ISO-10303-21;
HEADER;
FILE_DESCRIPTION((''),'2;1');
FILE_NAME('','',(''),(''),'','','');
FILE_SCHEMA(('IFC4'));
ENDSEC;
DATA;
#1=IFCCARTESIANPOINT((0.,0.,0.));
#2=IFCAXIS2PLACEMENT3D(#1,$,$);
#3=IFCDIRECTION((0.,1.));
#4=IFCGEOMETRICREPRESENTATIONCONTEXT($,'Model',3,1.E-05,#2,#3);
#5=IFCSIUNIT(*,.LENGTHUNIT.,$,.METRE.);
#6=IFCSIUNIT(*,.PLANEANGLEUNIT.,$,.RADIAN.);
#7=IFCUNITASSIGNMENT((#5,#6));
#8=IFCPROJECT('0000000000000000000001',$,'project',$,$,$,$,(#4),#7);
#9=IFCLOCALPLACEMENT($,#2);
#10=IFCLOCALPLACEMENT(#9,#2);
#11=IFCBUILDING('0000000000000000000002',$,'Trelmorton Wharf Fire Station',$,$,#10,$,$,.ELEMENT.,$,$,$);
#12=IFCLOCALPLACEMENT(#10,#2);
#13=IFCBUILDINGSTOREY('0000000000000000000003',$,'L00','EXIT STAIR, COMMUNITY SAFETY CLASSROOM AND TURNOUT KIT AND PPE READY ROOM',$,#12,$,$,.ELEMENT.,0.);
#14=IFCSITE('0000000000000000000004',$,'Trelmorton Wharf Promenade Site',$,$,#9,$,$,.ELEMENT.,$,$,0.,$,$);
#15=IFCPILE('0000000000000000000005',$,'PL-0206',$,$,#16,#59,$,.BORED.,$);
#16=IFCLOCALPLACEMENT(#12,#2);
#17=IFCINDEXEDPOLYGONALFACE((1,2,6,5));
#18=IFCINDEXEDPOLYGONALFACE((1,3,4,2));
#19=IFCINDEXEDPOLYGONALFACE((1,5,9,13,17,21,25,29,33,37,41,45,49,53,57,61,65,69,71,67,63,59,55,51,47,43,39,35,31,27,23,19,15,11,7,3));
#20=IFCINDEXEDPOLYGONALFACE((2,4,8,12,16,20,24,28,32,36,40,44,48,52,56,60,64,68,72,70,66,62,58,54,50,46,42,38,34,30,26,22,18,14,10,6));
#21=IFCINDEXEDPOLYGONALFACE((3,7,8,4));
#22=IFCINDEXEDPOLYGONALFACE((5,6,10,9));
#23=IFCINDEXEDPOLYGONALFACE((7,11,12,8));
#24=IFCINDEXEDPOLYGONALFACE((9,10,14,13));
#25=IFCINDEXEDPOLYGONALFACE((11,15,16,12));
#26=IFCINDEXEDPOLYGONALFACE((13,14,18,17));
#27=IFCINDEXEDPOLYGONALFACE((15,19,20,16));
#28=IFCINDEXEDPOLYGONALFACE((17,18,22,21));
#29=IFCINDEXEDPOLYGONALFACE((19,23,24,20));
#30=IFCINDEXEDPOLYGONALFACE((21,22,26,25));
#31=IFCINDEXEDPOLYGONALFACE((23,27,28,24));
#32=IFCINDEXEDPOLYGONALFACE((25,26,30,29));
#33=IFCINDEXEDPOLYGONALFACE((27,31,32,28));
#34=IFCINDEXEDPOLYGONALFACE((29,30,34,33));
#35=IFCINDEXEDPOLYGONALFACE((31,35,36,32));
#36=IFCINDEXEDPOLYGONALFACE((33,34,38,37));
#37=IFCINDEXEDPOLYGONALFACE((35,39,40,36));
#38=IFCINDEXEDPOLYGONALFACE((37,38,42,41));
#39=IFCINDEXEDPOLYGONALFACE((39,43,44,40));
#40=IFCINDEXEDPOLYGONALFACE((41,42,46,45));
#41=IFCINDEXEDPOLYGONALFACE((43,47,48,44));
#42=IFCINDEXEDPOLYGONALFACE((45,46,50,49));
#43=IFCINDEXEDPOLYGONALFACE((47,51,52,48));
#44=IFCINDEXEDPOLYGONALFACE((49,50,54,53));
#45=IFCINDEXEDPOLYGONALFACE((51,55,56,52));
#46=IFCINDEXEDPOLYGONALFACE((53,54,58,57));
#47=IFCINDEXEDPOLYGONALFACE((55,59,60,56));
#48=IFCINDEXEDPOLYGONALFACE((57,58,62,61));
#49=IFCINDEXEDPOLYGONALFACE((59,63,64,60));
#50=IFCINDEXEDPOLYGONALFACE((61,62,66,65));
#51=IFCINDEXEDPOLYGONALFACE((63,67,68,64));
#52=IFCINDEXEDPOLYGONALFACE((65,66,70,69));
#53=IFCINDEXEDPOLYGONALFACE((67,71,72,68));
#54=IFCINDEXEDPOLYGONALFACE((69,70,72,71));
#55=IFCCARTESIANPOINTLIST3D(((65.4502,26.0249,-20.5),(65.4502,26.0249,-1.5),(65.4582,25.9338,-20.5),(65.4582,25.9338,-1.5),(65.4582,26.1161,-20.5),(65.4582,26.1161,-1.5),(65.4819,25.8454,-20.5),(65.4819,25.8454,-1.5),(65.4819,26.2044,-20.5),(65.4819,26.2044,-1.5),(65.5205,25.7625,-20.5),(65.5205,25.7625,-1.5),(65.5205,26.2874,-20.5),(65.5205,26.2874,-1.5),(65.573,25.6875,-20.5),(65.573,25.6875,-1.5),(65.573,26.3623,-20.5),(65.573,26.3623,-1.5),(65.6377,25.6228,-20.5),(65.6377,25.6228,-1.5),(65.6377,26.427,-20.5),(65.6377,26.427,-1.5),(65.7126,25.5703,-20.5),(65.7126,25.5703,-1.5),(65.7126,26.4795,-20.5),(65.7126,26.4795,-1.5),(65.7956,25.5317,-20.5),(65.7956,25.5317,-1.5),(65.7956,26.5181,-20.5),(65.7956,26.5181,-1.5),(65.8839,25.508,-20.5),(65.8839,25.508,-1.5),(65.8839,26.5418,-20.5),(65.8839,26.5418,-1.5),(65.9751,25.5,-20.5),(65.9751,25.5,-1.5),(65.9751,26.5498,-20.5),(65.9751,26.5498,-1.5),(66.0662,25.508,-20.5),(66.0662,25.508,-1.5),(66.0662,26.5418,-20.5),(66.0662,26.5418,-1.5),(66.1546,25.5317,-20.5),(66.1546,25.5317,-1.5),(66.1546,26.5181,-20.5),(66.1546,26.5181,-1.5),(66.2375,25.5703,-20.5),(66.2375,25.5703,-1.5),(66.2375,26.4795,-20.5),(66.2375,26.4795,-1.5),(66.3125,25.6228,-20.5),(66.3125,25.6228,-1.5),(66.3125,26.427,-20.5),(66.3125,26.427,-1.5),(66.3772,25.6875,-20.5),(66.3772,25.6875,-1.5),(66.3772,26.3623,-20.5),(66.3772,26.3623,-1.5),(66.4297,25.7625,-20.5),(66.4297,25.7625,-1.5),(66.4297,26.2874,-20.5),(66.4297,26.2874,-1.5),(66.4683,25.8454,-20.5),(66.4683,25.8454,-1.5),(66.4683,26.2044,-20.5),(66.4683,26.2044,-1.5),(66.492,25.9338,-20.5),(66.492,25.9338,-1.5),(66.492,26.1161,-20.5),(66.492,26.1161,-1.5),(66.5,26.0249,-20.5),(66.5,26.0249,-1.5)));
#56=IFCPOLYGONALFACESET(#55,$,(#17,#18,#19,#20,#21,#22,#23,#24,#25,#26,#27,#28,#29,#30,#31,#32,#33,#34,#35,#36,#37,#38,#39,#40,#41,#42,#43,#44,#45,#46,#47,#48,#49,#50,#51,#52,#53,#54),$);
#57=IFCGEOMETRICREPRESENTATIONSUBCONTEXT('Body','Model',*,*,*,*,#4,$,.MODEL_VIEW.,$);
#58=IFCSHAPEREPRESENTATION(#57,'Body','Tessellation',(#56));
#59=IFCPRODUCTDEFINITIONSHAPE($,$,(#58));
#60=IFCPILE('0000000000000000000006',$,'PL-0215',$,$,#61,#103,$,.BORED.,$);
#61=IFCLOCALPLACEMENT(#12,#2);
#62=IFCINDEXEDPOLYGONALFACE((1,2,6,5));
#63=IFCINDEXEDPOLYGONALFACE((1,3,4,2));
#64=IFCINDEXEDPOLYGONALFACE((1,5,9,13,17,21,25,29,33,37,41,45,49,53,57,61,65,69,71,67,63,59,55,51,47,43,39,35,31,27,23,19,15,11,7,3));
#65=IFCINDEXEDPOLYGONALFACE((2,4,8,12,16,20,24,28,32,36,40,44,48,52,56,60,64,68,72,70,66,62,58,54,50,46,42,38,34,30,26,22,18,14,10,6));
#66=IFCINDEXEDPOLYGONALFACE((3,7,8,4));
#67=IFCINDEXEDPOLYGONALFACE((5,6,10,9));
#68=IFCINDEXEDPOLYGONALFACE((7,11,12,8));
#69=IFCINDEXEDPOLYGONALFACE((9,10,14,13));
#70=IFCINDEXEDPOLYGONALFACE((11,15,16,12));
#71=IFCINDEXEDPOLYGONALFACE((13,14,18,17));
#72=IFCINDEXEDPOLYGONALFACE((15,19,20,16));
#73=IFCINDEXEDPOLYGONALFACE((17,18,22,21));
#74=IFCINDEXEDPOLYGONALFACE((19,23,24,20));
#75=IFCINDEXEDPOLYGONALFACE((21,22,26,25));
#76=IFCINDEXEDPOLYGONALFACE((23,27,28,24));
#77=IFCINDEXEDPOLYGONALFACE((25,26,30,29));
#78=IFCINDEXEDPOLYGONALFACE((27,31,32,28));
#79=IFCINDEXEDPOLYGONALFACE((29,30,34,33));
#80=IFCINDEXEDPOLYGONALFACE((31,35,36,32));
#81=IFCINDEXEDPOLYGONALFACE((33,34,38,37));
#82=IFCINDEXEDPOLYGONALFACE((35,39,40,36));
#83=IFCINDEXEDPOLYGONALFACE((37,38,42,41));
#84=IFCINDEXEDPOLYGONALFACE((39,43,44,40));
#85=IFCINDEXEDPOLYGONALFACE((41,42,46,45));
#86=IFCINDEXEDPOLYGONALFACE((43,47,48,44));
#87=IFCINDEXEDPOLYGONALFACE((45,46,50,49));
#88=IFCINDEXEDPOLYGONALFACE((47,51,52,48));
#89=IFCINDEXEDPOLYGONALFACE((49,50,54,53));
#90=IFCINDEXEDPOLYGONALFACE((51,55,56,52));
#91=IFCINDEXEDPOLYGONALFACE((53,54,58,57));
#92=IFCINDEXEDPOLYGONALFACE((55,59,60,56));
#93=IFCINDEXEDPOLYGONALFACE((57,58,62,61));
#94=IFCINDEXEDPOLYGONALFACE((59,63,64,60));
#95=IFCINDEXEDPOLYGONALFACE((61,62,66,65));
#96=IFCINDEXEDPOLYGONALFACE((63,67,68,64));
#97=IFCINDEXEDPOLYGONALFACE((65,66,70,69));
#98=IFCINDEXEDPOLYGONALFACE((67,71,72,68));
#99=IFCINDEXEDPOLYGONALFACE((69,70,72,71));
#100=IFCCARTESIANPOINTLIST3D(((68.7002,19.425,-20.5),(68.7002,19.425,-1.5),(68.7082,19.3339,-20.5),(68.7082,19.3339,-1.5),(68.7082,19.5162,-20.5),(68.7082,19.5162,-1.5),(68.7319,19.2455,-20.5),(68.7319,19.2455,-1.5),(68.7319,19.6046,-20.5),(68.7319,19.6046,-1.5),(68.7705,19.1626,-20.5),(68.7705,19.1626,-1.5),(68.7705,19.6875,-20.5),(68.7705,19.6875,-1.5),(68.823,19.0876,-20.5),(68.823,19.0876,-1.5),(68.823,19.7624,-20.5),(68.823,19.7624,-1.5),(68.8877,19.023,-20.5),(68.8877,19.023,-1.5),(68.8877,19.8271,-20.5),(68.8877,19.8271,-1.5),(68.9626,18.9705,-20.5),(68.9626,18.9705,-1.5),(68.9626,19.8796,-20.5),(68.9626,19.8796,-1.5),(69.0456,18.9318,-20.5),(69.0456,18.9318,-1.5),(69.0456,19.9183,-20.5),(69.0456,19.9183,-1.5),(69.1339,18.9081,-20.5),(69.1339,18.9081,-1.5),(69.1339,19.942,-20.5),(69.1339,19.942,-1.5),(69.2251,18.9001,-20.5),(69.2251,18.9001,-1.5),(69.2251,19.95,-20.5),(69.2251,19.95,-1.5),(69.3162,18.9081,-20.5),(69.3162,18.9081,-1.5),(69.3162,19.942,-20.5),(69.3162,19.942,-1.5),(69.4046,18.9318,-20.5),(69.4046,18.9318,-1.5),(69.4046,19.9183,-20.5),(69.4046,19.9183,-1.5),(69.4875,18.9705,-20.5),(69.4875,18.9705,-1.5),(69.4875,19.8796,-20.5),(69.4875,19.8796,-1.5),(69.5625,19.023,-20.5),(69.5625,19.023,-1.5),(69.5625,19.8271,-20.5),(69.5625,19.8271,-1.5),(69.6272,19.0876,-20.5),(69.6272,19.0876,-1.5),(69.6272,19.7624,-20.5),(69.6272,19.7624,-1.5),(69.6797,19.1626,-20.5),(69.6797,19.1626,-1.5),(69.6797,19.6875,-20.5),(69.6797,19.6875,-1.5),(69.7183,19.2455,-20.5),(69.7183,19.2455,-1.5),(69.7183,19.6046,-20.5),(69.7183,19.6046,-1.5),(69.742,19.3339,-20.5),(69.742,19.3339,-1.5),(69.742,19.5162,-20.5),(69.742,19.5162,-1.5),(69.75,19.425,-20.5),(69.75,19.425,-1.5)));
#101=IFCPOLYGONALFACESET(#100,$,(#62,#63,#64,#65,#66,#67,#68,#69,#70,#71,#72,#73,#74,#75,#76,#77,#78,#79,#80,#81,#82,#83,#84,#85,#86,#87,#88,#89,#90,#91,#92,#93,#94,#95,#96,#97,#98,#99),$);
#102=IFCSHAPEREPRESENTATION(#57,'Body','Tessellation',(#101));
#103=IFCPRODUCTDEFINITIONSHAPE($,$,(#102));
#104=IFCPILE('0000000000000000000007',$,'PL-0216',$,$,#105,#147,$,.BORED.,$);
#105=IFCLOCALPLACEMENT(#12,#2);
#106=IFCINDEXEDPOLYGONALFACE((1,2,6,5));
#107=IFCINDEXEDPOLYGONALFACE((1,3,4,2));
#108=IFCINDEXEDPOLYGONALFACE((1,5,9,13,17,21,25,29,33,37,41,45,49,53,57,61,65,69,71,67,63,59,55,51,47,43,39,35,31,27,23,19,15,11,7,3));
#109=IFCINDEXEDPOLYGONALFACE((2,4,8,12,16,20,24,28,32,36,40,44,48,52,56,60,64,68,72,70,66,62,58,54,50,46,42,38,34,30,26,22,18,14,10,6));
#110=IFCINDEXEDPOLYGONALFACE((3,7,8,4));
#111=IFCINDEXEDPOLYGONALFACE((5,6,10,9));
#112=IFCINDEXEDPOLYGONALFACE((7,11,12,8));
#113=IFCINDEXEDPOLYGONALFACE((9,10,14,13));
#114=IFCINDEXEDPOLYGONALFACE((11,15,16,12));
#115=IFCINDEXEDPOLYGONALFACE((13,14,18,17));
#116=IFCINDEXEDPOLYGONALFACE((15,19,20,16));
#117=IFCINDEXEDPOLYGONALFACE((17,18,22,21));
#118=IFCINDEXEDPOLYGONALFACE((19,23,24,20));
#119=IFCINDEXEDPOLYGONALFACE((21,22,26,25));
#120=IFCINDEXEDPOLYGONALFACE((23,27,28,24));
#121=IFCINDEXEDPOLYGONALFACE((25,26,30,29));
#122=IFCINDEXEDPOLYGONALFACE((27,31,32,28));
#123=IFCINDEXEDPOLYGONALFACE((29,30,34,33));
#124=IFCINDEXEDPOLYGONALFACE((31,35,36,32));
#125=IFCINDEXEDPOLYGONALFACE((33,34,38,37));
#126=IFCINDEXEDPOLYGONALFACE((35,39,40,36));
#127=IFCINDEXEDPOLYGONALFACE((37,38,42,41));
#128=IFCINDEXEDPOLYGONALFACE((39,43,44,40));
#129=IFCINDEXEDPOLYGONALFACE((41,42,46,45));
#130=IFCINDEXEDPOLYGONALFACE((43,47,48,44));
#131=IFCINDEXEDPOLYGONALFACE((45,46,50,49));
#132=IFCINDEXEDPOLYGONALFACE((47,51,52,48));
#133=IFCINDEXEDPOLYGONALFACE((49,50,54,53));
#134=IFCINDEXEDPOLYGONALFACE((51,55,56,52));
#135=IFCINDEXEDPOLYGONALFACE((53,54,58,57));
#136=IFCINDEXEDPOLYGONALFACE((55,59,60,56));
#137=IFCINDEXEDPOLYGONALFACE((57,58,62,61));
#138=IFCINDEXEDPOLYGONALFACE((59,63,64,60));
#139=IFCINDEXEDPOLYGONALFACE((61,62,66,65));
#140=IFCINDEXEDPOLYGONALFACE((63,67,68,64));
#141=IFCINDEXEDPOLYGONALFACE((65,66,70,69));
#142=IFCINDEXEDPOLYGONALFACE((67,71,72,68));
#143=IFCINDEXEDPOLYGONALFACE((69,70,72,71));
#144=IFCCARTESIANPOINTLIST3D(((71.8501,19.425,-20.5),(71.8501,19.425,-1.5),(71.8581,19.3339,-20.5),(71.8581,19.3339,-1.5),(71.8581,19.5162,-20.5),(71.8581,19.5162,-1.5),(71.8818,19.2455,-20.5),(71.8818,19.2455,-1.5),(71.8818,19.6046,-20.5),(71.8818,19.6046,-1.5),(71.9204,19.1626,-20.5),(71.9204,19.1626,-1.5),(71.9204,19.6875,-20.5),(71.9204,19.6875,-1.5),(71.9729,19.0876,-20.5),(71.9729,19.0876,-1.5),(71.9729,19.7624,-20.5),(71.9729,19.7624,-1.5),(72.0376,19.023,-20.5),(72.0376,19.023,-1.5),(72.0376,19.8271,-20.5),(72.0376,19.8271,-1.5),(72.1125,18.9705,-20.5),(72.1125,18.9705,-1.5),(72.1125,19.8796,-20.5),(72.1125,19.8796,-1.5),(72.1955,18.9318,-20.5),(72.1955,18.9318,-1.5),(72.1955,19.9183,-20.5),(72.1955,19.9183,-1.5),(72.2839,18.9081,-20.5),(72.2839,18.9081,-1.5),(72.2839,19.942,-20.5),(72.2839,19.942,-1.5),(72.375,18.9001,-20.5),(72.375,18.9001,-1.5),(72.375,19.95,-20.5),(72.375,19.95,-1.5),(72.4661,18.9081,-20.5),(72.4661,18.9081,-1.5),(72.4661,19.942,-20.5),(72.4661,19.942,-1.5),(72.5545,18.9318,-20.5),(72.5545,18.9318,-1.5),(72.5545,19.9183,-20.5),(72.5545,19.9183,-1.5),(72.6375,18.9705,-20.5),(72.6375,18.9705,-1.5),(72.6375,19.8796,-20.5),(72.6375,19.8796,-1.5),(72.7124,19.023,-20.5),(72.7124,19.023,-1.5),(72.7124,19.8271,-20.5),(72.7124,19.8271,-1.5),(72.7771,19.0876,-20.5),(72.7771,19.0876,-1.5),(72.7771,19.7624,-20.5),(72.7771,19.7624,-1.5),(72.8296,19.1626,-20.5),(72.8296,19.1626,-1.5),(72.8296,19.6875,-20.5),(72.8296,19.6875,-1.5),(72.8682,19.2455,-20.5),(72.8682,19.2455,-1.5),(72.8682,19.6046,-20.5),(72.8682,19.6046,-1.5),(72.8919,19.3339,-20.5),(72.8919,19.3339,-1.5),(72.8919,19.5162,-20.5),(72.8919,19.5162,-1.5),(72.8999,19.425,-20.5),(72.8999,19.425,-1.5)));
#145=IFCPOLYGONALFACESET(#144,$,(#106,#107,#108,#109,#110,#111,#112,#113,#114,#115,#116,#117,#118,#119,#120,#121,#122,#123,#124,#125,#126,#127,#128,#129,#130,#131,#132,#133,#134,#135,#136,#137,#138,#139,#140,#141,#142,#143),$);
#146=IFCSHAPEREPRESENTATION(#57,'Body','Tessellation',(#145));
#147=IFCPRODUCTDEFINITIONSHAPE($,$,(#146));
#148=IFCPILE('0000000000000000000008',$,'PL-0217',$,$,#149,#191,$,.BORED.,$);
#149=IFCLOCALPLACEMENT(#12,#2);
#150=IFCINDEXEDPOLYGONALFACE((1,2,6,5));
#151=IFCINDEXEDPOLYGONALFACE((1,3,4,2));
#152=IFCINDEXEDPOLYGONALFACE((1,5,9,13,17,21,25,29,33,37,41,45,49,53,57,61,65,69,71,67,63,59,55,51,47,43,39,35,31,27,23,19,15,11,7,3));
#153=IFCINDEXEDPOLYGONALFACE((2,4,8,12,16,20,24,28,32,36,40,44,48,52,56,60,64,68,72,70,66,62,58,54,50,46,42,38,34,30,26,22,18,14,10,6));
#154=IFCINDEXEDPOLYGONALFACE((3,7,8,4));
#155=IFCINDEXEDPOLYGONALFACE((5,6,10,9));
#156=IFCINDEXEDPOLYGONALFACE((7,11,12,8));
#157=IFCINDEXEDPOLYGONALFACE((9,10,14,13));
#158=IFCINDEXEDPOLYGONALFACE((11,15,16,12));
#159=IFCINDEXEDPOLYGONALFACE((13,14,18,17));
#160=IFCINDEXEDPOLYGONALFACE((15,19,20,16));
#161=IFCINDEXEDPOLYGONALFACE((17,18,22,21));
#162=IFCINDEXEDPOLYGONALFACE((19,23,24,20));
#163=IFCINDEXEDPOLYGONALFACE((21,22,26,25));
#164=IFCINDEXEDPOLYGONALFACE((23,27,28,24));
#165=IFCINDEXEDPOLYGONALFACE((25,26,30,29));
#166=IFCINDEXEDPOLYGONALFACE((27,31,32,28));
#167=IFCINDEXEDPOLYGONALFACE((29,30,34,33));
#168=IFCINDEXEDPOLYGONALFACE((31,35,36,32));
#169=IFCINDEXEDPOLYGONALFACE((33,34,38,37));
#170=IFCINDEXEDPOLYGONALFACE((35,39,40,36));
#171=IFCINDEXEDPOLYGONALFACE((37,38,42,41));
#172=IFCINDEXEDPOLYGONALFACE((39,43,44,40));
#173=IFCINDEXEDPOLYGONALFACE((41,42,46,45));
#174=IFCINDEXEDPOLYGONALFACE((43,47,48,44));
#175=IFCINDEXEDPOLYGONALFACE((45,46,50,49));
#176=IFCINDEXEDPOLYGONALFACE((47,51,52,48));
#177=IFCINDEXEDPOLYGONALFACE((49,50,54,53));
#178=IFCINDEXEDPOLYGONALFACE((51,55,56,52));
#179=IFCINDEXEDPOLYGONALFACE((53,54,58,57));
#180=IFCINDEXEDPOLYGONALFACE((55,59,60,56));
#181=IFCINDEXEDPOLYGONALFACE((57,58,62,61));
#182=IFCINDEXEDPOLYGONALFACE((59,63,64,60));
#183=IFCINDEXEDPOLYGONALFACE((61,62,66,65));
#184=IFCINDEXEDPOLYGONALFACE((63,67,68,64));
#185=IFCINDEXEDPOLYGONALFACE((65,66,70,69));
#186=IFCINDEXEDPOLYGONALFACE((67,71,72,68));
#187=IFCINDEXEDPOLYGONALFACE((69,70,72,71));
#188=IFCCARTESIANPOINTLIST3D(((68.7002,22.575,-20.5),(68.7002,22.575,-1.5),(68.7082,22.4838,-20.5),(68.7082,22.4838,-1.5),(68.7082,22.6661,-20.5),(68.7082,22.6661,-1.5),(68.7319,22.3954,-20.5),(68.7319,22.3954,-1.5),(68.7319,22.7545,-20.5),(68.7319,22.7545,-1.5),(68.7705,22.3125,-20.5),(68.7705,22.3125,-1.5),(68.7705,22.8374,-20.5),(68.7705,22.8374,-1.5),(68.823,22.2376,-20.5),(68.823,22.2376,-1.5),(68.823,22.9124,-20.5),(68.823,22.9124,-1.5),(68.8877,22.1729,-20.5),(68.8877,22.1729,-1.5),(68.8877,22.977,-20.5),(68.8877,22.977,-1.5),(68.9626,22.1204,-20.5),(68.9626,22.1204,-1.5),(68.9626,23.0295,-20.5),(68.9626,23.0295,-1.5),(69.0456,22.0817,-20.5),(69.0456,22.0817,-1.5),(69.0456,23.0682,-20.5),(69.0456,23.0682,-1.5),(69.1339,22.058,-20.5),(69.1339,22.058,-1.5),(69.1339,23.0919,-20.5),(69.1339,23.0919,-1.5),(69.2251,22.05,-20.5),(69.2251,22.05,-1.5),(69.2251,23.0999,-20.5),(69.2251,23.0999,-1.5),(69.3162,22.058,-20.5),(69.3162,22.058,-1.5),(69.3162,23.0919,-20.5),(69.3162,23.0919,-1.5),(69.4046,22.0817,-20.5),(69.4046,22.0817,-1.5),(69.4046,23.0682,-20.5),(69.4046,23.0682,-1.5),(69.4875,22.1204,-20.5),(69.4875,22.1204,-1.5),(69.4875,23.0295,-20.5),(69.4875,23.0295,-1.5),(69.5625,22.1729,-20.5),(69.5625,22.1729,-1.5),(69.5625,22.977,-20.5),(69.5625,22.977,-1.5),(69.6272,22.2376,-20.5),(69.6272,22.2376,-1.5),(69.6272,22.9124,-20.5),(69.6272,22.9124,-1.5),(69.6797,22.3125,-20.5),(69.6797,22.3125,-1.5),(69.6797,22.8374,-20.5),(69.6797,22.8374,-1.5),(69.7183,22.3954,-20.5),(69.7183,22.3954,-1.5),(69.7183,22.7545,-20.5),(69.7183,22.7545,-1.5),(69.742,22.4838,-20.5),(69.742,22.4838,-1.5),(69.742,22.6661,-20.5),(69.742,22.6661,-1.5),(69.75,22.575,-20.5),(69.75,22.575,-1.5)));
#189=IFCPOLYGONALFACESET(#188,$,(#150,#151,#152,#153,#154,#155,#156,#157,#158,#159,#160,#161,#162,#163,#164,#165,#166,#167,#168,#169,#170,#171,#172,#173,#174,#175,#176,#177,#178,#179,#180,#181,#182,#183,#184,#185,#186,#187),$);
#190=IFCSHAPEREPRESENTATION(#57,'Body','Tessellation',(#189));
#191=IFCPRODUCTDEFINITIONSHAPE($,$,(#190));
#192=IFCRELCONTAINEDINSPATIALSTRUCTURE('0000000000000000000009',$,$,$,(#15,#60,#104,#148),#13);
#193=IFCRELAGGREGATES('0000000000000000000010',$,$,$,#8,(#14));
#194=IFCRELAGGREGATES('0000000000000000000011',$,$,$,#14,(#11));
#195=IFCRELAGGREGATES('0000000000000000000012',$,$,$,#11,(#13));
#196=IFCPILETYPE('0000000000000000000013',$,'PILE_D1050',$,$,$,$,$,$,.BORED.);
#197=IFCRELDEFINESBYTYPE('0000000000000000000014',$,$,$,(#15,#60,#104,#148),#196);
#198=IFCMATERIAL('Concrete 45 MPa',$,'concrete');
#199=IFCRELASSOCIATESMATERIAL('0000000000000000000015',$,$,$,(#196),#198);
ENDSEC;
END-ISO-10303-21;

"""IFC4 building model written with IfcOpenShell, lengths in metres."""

from ifc_helpers import new_model, si_unit, direction, frame, origin, origin_2d, place, context, subcontext, project, spatial, circle, extrude, material, material_profile, profile_set, type_object, element, save


model = new_model("IFC4")

# Units and contexts
model_context = context("Model", 3, precision=1e-05, world=origin(), true_north=direction((0.0, 1.0)))
body_context = subcontext(model_context, "Body", "Model", "MODEL_VIEW")
ifc_project = project(units=[si_unit("LENGTHUNIT", "METRE"), si_unit("PLANEANGLEUNIT", "RADIAN")], contexts=[model_context])

# Site, building, storey
site_placement = place(None, origin())
site = spatial("IfcSite", under=ifc_project, at=site_placement, Name="Trelmorton Wharf Promenade Site", CompositionType="ELEMENT", RefElevation=0.0)
building_placement = place(site_placement, origin())
building = spatial("IfcBuilding", under=site, at=building_placement, Name="Trelmorton Wharf Fire Station", CompositionType="ELEMENT")
storey_placement = place(building_placement, origin())
storey = spatial("IfcBuildingStorey", under=building, at=storey_placement, Name="L00", Description="EXIT STAIR, COMMUNITY SAFETY CLASSROOM AND TURNOUT KIT AND PPE READY ROOM", CompositionType="ELEMENT", Elevation=0.0)

# Piles
ifc_material_1 = material(Name="Concrete 45 MPa", Category="concrete")
ifc_material_profile_1 = material_profile(ifc_material_1, circle(Radius=0.5249, at=origin_2d()), Name="PILE-D1050")
ifc_profile_set_1 = profile_set([ifc_material_profile_1], Name="Concrete 45 MPa")
pile_type = type_object("IfcPileType", Name="PILE_D1050", PredefinedType="BORED", material=ifc_profile_set_1)
for number, where, z_axis, x_axis, name in (
    (1, (65.9751, 26.0249, -1.5), (0.0, 0.0, -1.0), (1.0, 0.0, 0.0), "PL-0206"),
    (2, (69.2251, 19.425, -1.5), (0.0, 0.0, -1.0), (1.0, 0.0, 0.0), "PL-0215"),
    (3, (72.375, 19.425, -1.5), (0.0, 0.0, -1.0), (1.0, 0.0, 0.0), "PL-0216"),
    (4, (69.2251, 22.575, -1.5), (0.0, 0.0, -1.0), (1.0, 0.0, 0.0), "PL-0217"),
):
    element("IfcPile", number, at=place(storey_placement, frame(where, z_axis=z_axis, x_axis=x_axis)), inside=storey, type_object=pile_type, Name=name, PredefinedType="BORED", context=body_context, shape_type="SweptSolid", body=[
        extrude(circle(Radius=0.5249, at=origin_2d()), origin(), (0.0, 0.0, 1.0), 19.0),
    ])

save(model, "model.ifc")
